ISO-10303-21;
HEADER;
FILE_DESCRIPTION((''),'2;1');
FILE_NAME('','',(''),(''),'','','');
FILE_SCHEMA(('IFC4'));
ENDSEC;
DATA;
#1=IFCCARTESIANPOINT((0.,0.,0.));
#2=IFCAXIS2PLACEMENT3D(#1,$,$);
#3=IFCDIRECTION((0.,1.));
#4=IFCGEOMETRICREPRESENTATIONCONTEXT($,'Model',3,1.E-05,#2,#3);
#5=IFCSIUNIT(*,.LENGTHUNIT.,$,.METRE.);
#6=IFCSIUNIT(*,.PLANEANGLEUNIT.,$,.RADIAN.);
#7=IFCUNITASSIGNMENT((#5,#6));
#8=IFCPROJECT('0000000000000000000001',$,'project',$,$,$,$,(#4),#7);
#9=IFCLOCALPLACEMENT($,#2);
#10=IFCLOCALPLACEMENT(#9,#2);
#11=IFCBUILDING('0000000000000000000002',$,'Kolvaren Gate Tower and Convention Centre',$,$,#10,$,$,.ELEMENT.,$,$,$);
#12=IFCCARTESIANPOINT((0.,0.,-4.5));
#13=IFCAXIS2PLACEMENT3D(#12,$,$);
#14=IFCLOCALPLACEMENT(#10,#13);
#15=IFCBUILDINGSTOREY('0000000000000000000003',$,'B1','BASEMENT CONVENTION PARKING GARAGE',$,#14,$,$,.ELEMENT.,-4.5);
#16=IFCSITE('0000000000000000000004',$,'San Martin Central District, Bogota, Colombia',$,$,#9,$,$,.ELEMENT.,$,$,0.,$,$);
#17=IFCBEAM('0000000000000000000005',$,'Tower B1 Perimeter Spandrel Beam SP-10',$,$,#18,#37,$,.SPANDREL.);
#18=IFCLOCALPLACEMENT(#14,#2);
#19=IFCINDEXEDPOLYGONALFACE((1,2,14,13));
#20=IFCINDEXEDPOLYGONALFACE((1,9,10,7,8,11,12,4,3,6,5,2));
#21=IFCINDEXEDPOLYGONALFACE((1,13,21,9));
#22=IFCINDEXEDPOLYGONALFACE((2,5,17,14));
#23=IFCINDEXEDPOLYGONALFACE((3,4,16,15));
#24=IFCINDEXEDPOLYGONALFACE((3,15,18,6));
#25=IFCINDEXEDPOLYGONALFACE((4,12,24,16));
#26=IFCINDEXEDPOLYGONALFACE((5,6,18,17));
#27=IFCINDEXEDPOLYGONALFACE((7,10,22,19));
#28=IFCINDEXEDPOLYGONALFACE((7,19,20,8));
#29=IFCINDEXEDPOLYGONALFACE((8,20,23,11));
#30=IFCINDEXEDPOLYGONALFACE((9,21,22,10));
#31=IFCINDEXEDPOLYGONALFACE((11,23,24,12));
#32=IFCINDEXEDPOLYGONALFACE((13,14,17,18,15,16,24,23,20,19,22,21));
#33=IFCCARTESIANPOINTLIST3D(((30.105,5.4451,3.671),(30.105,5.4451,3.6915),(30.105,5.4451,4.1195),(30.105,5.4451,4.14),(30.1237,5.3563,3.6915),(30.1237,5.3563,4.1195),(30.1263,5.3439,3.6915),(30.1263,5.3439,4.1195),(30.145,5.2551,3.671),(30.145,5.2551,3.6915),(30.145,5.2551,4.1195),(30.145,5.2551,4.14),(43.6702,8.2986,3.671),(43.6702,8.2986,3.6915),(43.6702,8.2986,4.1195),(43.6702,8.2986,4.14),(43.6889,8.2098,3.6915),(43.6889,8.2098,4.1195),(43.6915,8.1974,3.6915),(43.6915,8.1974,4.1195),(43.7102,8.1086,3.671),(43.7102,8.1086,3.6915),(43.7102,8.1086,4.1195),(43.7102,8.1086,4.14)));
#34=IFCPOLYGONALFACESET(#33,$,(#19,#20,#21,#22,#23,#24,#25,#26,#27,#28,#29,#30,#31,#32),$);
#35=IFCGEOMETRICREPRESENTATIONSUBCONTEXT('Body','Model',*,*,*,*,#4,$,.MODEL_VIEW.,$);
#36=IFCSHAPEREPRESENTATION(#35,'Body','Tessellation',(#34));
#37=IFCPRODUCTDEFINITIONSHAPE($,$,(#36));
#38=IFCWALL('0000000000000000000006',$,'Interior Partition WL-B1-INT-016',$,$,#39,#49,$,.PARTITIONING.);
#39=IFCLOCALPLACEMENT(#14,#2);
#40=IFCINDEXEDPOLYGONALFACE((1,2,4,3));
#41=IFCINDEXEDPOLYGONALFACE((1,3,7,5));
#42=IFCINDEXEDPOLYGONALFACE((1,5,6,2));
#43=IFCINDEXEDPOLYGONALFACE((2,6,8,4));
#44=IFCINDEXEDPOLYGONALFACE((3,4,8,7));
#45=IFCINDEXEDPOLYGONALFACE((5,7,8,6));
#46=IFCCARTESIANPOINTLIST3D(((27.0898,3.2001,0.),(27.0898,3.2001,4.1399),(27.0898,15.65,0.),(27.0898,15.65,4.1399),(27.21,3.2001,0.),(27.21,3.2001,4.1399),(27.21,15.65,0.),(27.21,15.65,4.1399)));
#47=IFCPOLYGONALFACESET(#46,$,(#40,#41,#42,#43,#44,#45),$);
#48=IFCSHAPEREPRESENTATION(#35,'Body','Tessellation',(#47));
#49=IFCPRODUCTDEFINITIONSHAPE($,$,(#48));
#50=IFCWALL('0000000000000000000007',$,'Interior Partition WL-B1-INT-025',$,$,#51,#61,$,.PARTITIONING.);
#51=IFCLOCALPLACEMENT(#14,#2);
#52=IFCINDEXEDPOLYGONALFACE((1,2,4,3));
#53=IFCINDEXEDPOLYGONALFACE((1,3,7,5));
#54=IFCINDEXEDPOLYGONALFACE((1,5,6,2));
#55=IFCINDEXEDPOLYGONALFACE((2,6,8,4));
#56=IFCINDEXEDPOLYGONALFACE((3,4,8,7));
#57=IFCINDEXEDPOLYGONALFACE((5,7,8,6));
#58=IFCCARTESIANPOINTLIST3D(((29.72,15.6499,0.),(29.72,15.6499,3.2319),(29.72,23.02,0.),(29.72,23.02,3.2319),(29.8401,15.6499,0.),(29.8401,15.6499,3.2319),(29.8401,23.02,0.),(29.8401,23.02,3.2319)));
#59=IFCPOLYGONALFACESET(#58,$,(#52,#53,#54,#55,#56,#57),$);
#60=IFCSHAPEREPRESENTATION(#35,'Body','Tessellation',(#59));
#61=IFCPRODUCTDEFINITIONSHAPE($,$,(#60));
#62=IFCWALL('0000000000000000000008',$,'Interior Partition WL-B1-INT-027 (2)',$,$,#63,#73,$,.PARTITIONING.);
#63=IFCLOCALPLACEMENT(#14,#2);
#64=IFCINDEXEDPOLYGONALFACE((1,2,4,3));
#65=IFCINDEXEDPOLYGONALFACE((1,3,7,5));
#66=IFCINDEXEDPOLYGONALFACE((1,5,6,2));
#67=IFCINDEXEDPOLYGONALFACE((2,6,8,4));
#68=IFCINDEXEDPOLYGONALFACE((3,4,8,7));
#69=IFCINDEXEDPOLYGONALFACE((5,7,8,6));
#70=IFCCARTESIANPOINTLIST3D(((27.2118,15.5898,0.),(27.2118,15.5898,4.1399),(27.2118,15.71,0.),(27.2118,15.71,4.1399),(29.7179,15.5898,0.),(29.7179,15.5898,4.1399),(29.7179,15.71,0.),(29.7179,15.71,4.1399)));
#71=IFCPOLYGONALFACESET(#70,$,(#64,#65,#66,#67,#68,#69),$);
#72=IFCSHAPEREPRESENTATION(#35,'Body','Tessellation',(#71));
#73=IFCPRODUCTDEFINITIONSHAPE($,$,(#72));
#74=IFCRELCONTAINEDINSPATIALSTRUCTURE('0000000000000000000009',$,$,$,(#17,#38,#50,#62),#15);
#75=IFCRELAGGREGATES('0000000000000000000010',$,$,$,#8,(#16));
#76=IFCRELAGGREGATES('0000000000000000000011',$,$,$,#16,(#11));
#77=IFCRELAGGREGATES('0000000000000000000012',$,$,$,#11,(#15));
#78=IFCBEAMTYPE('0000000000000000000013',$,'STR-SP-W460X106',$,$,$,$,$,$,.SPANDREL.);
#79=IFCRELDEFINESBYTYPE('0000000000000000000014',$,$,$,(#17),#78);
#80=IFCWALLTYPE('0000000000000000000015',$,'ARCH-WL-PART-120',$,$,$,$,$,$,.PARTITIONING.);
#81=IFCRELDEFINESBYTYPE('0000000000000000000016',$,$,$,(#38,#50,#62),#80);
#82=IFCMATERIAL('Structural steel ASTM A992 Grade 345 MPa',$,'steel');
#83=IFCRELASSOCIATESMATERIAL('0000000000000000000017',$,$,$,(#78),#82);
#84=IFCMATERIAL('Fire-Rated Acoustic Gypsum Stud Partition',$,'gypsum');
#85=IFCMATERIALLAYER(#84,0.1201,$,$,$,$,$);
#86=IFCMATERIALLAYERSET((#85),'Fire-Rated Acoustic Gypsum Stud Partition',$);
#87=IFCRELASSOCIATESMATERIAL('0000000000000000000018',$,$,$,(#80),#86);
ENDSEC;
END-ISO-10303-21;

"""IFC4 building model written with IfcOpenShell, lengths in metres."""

from ifc_helpers import new_model, si_unit, direction, frame, frame_2d, origin, origin_2d, place, context, subcontext, project, spatial, rectangle, i_section, extrude, material, layer, layer_set, material_profile, profile_set, type_object, element, save


model = new_model("IFC4")

# Units and contexts
model_context = context("Model", 3, precision=1e-05, world=origin(), true_north=direction((0.0, 1.0)))
body_context = subcontext(model_context, "Body", "Model", "MODEL_VIEW")
ifc_project = project(units=[si_unit("LENGTHUNIT", "METRE"), si_unit("PLANEANGLEUNIT", "RADIAN")], contexts=[model_context])

# Site, building, storey
site_placement = place(None, origin())
site = spatial("IfcSite", under=ifc_project, at=site_placement, Name="San Martin Central District, Bogota, Colombia", CompositionType="ELEMENT", RefElevation=0.0)
building_placement = place(site_placement, origin())
building = spatial("IfcBuilding", under=site, at=building_placement, Name="Kolvaren Gate Tower and Convention Centre", CompositionType="ELEMENT")
storey_placement = place(building_placement, frame((0.0, 0.0, -4.5)))
storey = spatial("IfcBuildingStorey", under=building, at=storey_placement, Name="B1", Description="BASEMENT CONVENTION PARKING GARAGE", CompositionType="ELEMENT", Elevation=-4.5)

# Beam
ifc_material_1 = material(Name="Structural steel ASTM A992 Grade 345 MPa", Category="steel")
ifc_material_profile_1 = material_profile(ifc_material_1, i_section(OverallWidth=0.1941, OverallDepth=0.469, WebThickness=0.0127, FlangeThickness=0.0205, at=origin_2d()), Name="W460X106")
ifc_profile_set_1 = profile_set([ifc_material_profile_1], Name="Structural steel ASTM A992 Grade 345 MPa")
beam_type_1 = type_object("IfcBeamType", Name="STR-SP-W460X106", PredefinedType="SPANDREL", material=ifc_profile_set_1)
beam_1_placement = place(storey_placement, frame((30.125, 5.3501, 3.9055), z_axis=(0.978583, 0.205851, 0.0), x_axis=(-0.205851, 0.978583, 0.0)))
element("IfcBeam", 1, at=beam_1_placement, inside=storey, type_object=beam_type_1, Name="Tower B1 Perimeter Spandrel Beam SP-10", PredefinedType="SPANDREL", context=body_context, shape_type="SweptSolid", body=[
    extrude(i_section(OverallWidth=0.1941, OverallDepth=0.469, WebThickness=0.0127, FlangeThickness=0.0205, at=origin_2d()), origin(), (0.0, 0.0, 1.0), 13.8621),
])

# Walls
ifc_material_2 = material(Name="Fire-Rated Acoustic Gypsum Stud Partition", Category="gypsum")
ifc_layer = layer(ifc_material_2, 0.1201)
ifc_layer_set = layer_set([ifc_layer], Name="Fire-Rated Acoustic Gypsum Stud Partition")
wall_type = type_object("IfcWallType", Name="ARCH-WL-PART-120", PredefinedType="PARTITIONING", material=ifc_layer_set)
wall_1_placement = place(storey_placement, frame((27.1499, 3.2, 0.0), z_axis=(0.0, 0.0, 1.0), x_axis=(0.0, 1.0, 0.0)))
element("IfcWall", 2, at=wall_1_placement, inside=storey, type_object=wall_type, Name="Interior Partition WL-B1-INT-016", PredefinedType="PARTITIONING", context=body_context, shape_type="SweptSolid", body=[
    extrude(rectangle(XDim=12.45, YDim=0.1201, at=frame_2d((6.2251, 0.0))), origin(), (0.0, 0.0, 1.0), 4.1399),
])
wall_2_placement = place(storey_placement, frame((29.78, 15.6499, 0.0), z_axis=(0.0, 0.0, 1.0), x_axis=(0.0, 1.0, 0.0)))
element("IfcWall", 3, at=wall_2_placement, inside=storey, type_object=wall_type, Name="Interior Partition WL-B1-INT-025", PredefinedType="PARTITIONING", context=body_context, shape_type="SweptSolid", body=[
    extrude(rectangle(XDim=7.3701, YDim=0.1201, at=frame_2d((3.6851, 0.0))), origin(), (0.0, 0.0, 1.0), 3.2319),
])
wall_3_placement = place(storey_placement, frame((27.2119, 15.6499, 0.0), z_axis=(0.0, 0.0, 1.0), x_axis=(1.0, 0.0, 0.0)))
element("IfcWall", 4, at=wall_3_placement, inside=storey, type_object=wall_type, Name="Interior Partition WL-B1-INT-027 (2)", PredefinedType="PARTITIONING", context=body_context, shape_type="SweptSolid", body=[
    extrude(rectangle(XDim=2.5061, YDim=0.1201, at=frame_2d((1.2529, 0.0))), origin(), (0.0, 0.0, 1.0), 4.1399),
])

save(model, "model.ifc")
